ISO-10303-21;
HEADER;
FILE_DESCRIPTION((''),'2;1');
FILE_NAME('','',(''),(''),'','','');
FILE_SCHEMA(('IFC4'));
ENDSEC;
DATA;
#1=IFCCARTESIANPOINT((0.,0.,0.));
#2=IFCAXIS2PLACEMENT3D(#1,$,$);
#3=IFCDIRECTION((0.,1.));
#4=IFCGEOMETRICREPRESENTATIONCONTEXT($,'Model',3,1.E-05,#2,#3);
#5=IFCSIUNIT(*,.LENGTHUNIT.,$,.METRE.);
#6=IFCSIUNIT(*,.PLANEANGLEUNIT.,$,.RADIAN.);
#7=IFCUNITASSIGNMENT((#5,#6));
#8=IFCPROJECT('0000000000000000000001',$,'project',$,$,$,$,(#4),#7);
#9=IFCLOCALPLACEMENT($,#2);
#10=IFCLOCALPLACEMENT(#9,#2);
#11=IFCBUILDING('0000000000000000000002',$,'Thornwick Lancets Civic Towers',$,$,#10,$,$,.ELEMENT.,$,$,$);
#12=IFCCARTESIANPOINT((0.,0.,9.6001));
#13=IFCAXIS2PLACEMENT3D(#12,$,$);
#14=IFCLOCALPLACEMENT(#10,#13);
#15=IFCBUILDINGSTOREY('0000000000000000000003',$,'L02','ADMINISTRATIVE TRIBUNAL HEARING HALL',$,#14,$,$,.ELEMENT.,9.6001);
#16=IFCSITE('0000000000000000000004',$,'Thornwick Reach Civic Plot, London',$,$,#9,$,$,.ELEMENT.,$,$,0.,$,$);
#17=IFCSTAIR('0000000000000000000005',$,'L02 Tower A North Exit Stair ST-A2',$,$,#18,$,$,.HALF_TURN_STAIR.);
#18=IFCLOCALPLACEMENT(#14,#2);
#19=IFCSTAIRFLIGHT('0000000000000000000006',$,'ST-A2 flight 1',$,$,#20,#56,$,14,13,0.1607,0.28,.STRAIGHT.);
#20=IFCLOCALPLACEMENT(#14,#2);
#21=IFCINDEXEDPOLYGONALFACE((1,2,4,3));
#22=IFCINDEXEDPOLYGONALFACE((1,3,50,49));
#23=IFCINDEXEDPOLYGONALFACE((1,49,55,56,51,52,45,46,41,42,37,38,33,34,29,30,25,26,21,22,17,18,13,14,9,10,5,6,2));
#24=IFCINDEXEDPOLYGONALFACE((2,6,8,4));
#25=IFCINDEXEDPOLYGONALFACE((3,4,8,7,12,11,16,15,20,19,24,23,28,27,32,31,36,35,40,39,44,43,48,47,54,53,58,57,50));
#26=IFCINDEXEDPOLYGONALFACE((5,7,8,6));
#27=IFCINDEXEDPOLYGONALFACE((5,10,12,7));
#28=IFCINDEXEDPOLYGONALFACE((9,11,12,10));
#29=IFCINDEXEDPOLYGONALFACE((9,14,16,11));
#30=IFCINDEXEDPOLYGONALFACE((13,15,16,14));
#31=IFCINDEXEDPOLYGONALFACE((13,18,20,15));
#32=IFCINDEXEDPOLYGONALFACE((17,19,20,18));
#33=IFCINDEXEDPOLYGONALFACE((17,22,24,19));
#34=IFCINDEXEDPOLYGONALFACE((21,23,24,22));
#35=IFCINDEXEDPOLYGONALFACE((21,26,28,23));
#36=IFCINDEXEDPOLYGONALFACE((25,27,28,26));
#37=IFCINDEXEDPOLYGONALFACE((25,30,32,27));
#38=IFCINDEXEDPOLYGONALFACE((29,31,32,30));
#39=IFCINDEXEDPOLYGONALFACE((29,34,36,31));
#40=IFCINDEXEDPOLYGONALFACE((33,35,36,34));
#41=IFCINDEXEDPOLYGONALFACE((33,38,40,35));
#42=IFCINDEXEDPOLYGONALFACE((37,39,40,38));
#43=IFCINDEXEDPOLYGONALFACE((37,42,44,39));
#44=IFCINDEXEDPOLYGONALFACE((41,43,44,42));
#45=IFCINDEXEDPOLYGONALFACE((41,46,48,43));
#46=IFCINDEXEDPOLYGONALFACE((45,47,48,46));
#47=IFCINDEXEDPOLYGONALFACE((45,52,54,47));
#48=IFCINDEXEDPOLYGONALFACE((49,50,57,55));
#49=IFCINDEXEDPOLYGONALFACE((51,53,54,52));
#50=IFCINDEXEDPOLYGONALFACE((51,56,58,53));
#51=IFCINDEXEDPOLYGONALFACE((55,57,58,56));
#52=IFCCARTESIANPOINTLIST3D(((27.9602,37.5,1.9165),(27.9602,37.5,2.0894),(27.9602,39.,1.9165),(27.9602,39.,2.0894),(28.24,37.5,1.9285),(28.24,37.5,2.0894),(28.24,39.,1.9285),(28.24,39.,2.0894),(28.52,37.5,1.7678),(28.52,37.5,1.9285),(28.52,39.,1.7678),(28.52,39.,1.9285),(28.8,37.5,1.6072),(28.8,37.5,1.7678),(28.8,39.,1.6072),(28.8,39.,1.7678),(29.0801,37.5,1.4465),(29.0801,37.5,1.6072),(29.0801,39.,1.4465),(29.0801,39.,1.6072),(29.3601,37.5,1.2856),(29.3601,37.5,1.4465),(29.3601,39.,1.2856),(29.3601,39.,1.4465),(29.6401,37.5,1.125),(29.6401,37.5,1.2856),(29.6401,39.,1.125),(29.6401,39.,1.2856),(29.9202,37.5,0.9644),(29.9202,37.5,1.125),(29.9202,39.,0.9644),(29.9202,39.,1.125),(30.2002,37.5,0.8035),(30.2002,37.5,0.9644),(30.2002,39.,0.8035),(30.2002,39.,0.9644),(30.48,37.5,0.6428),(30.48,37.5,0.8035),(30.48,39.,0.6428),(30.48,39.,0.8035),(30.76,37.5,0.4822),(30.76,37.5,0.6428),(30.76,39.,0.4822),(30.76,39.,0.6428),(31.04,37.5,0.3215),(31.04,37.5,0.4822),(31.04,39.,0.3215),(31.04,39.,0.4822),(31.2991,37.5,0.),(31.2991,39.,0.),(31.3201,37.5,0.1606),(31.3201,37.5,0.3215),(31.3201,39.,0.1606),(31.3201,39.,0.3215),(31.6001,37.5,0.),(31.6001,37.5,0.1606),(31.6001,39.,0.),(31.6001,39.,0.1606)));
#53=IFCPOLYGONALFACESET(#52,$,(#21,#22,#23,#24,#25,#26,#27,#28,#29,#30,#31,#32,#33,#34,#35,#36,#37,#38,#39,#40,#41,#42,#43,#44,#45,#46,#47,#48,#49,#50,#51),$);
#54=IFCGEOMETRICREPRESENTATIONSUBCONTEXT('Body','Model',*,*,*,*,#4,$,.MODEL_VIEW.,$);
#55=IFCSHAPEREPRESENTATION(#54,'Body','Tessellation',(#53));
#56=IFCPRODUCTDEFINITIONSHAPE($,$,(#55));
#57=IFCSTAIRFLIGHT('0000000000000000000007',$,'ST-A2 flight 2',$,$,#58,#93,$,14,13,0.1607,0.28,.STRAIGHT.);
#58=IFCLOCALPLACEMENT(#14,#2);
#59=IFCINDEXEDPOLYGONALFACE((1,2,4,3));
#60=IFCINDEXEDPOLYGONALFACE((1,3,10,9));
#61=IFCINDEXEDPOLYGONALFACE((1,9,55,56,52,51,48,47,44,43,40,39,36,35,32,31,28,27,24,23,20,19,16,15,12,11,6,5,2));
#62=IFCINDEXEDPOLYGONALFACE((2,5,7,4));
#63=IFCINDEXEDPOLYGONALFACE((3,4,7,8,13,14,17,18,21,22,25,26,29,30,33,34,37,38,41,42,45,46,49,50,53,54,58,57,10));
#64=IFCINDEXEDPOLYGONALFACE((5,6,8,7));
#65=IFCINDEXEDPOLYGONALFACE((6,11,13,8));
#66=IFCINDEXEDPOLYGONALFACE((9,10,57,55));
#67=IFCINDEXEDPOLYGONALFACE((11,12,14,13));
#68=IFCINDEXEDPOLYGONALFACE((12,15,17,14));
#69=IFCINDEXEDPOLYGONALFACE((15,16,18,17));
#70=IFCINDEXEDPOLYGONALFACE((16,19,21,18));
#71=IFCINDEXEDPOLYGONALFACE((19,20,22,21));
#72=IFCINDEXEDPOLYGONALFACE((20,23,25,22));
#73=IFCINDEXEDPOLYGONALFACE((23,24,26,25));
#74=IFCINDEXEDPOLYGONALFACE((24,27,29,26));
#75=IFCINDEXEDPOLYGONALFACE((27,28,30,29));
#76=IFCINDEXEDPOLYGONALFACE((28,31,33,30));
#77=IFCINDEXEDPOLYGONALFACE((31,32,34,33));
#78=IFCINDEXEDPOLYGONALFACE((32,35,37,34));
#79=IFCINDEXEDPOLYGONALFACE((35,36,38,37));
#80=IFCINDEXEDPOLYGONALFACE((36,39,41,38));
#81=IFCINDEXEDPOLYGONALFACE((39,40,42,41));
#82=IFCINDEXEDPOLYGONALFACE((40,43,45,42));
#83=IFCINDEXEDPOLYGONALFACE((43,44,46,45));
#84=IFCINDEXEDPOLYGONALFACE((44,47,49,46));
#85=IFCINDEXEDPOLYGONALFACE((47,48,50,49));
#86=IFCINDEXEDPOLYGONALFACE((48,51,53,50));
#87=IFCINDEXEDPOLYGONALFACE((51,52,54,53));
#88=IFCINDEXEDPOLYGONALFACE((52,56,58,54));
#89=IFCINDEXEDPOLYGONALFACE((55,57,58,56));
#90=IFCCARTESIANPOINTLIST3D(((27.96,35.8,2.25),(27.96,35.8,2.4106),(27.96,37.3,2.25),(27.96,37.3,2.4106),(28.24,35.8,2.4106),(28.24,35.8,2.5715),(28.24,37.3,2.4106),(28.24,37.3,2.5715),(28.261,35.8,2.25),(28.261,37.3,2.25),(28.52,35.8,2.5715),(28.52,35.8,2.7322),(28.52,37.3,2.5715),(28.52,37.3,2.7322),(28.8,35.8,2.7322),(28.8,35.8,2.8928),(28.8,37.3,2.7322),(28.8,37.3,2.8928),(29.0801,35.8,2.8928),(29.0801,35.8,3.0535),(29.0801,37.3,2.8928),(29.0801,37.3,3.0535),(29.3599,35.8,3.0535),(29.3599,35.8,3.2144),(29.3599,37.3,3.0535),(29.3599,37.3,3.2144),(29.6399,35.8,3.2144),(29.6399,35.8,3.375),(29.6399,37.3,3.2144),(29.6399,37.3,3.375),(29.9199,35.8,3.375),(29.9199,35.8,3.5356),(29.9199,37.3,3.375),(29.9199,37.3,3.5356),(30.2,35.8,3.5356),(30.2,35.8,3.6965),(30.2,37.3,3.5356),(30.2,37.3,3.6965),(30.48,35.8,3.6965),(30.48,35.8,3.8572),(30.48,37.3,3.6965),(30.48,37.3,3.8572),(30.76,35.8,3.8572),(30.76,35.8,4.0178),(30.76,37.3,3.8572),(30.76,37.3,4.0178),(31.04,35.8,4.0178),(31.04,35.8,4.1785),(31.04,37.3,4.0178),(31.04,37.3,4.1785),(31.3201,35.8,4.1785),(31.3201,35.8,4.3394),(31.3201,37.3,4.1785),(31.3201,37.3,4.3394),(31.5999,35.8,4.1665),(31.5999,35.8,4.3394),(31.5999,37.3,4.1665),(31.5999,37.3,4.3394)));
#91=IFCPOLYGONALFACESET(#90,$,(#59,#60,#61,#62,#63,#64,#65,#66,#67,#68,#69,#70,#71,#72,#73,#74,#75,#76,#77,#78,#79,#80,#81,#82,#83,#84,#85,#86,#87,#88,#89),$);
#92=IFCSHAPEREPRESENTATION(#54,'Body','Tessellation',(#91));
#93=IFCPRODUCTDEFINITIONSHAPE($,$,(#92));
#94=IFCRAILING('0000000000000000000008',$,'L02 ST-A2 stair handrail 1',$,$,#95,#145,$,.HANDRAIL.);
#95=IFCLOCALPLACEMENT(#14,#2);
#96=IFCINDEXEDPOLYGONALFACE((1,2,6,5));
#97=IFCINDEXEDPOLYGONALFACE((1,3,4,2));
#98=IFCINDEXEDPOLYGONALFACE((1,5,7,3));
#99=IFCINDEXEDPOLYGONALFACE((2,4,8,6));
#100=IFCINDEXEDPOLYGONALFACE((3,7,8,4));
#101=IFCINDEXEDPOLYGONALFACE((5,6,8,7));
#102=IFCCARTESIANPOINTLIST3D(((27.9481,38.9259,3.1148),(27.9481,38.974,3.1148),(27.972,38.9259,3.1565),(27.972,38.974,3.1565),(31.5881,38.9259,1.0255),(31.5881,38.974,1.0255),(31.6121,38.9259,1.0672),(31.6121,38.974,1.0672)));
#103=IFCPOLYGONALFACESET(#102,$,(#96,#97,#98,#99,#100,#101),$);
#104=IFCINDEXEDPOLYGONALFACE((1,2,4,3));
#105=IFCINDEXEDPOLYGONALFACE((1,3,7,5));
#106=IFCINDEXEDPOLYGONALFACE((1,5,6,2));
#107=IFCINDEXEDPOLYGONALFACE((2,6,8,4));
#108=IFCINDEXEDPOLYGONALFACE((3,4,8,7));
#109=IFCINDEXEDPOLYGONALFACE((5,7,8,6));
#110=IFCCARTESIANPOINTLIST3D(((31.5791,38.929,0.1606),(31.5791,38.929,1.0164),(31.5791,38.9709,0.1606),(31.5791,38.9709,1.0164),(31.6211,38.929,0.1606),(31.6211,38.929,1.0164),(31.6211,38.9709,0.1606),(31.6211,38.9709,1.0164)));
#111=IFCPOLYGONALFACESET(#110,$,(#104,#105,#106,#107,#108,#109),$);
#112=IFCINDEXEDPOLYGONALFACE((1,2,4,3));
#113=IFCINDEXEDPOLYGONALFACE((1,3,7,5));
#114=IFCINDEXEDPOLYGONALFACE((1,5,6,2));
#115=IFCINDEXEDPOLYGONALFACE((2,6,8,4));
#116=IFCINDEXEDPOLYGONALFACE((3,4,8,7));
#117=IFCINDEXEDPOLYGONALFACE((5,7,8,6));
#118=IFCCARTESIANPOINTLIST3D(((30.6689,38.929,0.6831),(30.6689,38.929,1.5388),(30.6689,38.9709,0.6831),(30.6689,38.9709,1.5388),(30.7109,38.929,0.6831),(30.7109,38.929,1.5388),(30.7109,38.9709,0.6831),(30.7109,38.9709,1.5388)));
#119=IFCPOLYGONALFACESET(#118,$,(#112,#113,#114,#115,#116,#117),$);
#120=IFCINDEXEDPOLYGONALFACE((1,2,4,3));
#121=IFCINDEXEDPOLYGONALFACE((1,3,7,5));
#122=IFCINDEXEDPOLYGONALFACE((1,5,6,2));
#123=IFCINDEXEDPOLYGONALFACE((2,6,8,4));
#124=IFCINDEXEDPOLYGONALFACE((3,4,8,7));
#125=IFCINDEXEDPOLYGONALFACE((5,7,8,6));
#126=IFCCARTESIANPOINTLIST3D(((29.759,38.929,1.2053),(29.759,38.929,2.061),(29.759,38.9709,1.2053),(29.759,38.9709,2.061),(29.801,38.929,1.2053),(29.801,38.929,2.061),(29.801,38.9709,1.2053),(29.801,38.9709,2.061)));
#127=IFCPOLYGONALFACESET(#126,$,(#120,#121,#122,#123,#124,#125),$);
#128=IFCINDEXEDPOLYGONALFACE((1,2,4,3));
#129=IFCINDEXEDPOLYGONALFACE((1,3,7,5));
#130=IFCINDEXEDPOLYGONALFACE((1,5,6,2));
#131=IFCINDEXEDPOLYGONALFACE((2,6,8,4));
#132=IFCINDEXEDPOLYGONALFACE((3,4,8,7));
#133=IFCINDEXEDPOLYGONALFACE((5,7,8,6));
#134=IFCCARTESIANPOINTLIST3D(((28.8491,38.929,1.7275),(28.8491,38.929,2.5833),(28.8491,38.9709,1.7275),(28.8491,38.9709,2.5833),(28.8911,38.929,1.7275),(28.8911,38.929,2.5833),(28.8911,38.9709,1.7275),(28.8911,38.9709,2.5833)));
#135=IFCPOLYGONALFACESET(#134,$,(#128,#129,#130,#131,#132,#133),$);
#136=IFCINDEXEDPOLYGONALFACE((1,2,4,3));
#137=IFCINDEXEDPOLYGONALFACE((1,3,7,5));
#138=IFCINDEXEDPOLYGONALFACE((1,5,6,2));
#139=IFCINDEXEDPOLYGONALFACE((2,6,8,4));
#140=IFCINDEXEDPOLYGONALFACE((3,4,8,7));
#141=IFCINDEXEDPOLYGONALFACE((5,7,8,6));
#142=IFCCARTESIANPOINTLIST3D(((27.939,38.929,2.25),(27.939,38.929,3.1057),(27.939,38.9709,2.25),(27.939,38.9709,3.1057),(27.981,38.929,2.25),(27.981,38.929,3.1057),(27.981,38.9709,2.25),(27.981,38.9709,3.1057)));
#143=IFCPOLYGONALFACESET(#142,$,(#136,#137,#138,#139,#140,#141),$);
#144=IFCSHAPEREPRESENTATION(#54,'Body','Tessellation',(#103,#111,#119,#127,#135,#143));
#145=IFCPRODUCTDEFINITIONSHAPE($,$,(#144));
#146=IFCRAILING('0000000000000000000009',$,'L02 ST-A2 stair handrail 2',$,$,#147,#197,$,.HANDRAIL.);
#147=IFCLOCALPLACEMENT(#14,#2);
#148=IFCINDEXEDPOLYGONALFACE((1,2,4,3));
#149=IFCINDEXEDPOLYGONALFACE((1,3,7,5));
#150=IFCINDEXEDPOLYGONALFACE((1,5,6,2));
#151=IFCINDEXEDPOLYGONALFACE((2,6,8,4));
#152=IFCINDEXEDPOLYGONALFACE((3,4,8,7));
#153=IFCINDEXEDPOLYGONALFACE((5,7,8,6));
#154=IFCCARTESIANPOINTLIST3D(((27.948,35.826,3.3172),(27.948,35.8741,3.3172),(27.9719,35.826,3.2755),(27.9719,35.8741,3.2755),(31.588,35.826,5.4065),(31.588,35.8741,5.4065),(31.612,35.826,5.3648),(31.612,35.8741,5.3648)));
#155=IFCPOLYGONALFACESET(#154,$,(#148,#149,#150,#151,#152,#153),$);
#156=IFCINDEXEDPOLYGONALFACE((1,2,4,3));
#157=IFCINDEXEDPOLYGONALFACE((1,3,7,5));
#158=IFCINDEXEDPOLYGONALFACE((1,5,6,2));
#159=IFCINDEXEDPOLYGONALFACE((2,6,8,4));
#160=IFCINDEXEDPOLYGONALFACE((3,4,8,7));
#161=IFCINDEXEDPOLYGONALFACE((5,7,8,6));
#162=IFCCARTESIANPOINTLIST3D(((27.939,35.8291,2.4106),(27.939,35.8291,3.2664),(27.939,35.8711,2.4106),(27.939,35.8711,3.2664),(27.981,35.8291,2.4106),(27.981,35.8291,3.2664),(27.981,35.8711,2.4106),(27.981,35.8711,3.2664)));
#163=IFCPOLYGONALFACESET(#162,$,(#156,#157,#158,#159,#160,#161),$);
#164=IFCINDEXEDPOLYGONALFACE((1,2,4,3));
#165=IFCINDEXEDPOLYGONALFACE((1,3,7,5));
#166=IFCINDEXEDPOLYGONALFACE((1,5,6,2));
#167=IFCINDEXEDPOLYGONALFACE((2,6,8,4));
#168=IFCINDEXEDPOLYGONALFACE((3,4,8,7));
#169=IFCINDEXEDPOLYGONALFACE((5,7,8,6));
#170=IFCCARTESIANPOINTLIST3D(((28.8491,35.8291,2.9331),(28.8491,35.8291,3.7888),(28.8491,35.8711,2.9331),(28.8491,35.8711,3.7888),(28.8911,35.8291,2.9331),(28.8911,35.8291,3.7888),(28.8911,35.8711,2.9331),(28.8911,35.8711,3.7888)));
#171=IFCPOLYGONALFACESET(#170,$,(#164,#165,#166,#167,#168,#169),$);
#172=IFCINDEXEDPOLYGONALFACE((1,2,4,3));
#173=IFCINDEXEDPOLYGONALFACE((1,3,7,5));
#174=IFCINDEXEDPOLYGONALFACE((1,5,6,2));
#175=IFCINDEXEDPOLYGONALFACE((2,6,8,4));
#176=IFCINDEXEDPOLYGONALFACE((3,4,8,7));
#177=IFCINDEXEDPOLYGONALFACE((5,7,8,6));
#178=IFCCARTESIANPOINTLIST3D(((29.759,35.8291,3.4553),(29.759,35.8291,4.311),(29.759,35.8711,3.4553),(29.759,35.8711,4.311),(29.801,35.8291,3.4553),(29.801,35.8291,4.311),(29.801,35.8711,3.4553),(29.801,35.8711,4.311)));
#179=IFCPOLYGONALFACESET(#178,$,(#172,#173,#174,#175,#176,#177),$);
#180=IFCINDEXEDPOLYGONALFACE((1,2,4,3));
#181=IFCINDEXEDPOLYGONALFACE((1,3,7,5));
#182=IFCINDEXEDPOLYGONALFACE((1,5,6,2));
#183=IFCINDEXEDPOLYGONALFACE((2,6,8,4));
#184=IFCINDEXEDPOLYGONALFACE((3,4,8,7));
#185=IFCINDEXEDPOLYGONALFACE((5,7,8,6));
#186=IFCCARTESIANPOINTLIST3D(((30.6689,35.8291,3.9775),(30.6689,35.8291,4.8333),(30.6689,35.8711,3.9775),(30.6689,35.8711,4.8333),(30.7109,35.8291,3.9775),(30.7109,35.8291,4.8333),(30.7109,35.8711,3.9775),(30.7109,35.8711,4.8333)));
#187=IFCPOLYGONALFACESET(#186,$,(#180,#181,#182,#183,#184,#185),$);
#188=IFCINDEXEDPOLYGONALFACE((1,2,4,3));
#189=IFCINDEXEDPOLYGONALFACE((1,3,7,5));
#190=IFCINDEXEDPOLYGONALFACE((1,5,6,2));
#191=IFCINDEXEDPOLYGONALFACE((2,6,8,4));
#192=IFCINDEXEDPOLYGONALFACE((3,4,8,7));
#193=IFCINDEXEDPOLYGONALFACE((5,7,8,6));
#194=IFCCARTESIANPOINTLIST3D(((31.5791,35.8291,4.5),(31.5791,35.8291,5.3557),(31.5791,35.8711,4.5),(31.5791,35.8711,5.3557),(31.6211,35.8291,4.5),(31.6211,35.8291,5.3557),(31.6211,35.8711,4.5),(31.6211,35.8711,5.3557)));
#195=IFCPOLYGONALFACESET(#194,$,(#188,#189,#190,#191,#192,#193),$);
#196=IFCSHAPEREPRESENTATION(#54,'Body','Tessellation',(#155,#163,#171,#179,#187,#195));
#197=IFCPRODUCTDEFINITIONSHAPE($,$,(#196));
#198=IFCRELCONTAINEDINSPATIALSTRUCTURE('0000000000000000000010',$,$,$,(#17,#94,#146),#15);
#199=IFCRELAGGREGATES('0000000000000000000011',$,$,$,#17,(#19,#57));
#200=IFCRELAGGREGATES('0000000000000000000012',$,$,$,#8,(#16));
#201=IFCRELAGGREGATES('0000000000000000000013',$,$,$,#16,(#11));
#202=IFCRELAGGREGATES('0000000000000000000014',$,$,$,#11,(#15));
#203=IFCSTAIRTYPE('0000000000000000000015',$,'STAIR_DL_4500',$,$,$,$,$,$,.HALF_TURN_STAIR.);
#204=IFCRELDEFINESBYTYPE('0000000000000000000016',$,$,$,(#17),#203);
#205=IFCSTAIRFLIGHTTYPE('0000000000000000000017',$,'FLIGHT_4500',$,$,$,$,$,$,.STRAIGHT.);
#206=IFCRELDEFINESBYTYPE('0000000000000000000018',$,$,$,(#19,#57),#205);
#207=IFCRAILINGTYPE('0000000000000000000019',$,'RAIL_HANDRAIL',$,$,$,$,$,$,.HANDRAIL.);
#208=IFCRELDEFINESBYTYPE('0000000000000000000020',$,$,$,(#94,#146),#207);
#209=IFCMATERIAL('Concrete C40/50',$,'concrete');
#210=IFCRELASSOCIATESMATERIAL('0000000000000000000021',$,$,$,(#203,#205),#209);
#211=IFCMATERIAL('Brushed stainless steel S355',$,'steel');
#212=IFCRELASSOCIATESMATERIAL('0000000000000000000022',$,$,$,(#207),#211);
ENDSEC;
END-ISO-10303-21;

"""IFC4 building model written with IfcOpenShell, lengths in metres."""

from ifc_helpers import new_model, si_unit, direction, frame, origin, origin_2d, place, context, subcontext, project, spatial, polyline, rectangle, outline, extrude, material, type_object, element, aggregate, save


model = new_model("IFC4")

# Units and contexts
model_context = context("Model", 3, precision=1e-05, world=origin(), true_north=direction((0.0, 1.0)))
body_context = subcontext(model_context, "Body", "Model", "MODEL_VIEW")
ifc_project = project(units=[si_unit("LENGTHUNIT", "METRE"), si_unit("PLANEANGLEUNIT", "RADIAN")], contexts=[model_context])

# Site, building, storey
site_placement = place(None, origin())
site = spatial("IfcSite", under=ifc_project, at=site_placement, Name="Thornwick Reach Civic Plot, London", CompositionType="ELEMENT", RefElevation=0.0)
building_placement = place(site_placement, origin())
building = spatial("IfcBuilding", under=site, at=building_placement, Name="Thornwick Lancets Civic Towers", CompositionType="ELEMENT")
storey_placement = place(building_placement, frame((0.0, 0.0, 9.6001)))
storey = spatial("IfcBuildingStorey", under=building, at=storey_placement, Name="L02", Description="ADMINISTRATIVE TRIBUNAL HEARING HALL", CompositionType="ELEMENT", Elevation=9.6001)

# Shared definitions
ifc_material_1 = material(Name="Concrete C40/50", Category="concrete")

# Stair, stair flights
stair_type = type_object("IfcStairType", Name="STAIR_DL_4500", PredefinedType="HALF_TURN_STAIR", material=ifc_material_1)
stair_placement = place(storey_placement, origin())
stair = element("IfcStair", 1, at=stair_placement, inside=storey, type_object=stair_type, Name="L02 Tower A North Exit Stair ST-A2", PredefinedType="HALF_TURN_STAIR")
stair_flight_type = type_object("IfcStairFlightType", Name="FLIGHT_4500", PredefinedType="STRAIGHT", material=ifc_material_1)
stair_flight_1_placement = place(storey_placement, frame((31.6001, 38.25, 0.0), z_axis=(0.0, 0.0, 1.0), x_axis=(-1.0, 0.0, 0.0)))
stair_flight_1 = element("IfcStairFlight", 2, at=stair_flight_1_placement, type_object=stair_flight_type, Name="ST-A2 flight 1", NumberOfRisers=14, NumberOfTreads=13, PredefinedType="STRAIGHT", RiserHeight=0.1607, TreadLength=0.28, context=body_context, shape_type="SweptSolid", body=[
    extrude(outline(polyline([(0.0, 0.0), (0.0, 0.1606), (0.28, 0.1606), (0.28, 0.3215), (0.5601, 0.3215), (0.5601, 0.4822), (0.8401, 0.4822), (0.8401, 0.6428), (1.1201, 0.6428), (1.1201, 0.8035), (1.3999, 0.8035), (1.3999, 0.9644), (1.6799, 0.9644), (1.6799, 1.125), (1.96, 1.125), (1.96, 1.2856), (2.24, 1.2856), (2.24, 1.4465), (2.52, 1.4465), (2.52, 1.6072), (2.8, 1.6072), (2.8, 1.7678), (3.0801, 1.7678), (3.0801, 1.9285), (3.3601, 1.9285), (3.3601, 2.0894), (3.6399, 2.0894), (3.6399, 2.25), (3.6399, 1.9165), (0.301, 0.0), (0.0, 0.0)])), frame((0.0, 0.75, 0.0), z_axis=(0.0, -1.0, 0.0), x_axis=(1.0, 0.0, 0.0)), (0.0, 0.0, 1.0), 1.5),
])
stair_flight_2_placement = place(storey_placement, frame((27.96, 36.55, 2.25), z_axis=(0.0, 0.0, 1.0), x_axis=(1.0, 0.0, 0.0)))
stair_flight_2 = element("IfcStairFlight", 3, at=stair_flight_2_placement, type_object=stair_flight_type, Name="ST-A2 flight 2", NumberOfRisers=14, NumberOfTreads=13, PredefinedType="STRAIGHT", RiserHeight=0.1607, TreadLength=0.28, context=body_context, shape_type="SweptSolid", body=[
    extrude(outline(polyline([(0.0, 0.0), (0.0, 0.1606), (0.28, 0.1606), (0.28, 0.3215), (0.5601, 0.3215), (0.5601, 0.4822), (0.8401, 0.4822), (0.8401, 0.6428), (1.1201, 0.6428), (1.1201, 0.8035), (1.3999, 0.8035), (1.3999, 0.9644), (1.6799, 0.9644), (1.6799, 1.125), (1.96, 1.125), (1.96, 1.2856), (2.24, 1.2856), (2.24, 1.4465), (2.52, 1.4465), (2.52, 1.6072), (2.8, 1.6072), (2.8, 1.7678), (3.0801, 1.7678), (3.0801, 1.9285), (3.3601, 1.9285), (3.3601, 2.0894), (3.6399, 2.0894), (3.6399, 2.25), (3.6399, 1.9165), (0.301, 0.0), (0.0, 0.0)])), frame((0.0, 0.75, 0.0), z_axis=(0.0, -1.0, 0.0), x_axis=(1.0, 0.0, 0.0)), (0.0, 0.0, 1.0), 1.5),
])
aggregate(stair, [stair_flight_1, stair_flight_2])

# Railings
ifc_material_2 = material(Name="Brushed stainless steel S355", Category="steel")
railing_type_1 = type_object("IfcRailingType", Name="RAIL_HANDRAIL", PredefinedType="HANDRAIL", material=ifc_material_2)
railing_1_placement = place(storey_placement, frame((31.6001, 38.95, 0.1606)))
element("IfcRailing", 4, at=railing_1_placement, inside=storey, type_object=railing_type_1, Name="L02 ST-A2 stair handrail 1", PredefinedType="HANDRAIL", context=body_context, shape_type="SweptSolid", body=[
    extrude(rectangle(XDim=0.0481, YDim=0.0481, at=origin_2d()), frame((0.0, 0.0, 0.8857), z_axis=(-0.867289, 0.0, 0.497804), x_axis=(0.0, -1.0, 0.0)), (0.0, 0.0, 1.0), 4.197),
    extrude(rectangle(XDim=0.042, YDim=0.042, at=origin_2d()), origin(), (0.0, 0.0, 1.0), 0.8557),
    extrude(rectangle(XDim=0.042, YDim=0.042, at=origin_2d()), frame((-0.9102, 0.0, 0.5225)), (0.0, 0.0, 1.0), 0.8557),
    extrude(rectangle(XDim=0.042, YDim=0.042, at=origin_2d()), frame((-1.8201, 0.0, 1.0447)), (0.0, 0.0, 1.0), 0.8557),
    extrude(rectangle(XDim=0.042, YDim=0.042, at=origin_2d()), frame((-2.73, 0.0, 1.5669)), (0.0, 0.0, 1.0), 0.8557),
    extrude(rectangle(XDim=0.042, YDim=0.042, at=origin_2d()), frame((-3.6401, 0.0, 2.0894)), (0.0, 0.0, 1.0), 0.8557),
])
railing_2_placement = place(storey_placement, frame((27.96, 35.8501, 2.4106)))
element("IfcRailing", 5, at=railing_2_placement, inside=storey, type_object=railing_type_1, Name="L02 ST-A2 stair handrail 2", PredefinedType="HANDRAIL", context=body_context, shape_type="SweptSolid", body=[
    extrude(rectangle(XDim=0.0481, YDim=0.0481, at=origin_2d()), frame((0.0, 0.0, 0.8857), z_axis=(0.867289, 0.0, 0.497804), x_axis=(0.0, 1.0, 0.0)), (0.0, 0.0, 1.0), 4.197),
    extrude(rectangle(XDim=0.042, YDim=0.042, at=origin_2d()), origin(), (0.0, 0.0, 1.0), 0.8557),
    extrude(rectangle(XDim=0.042, YDim=0.042, at=origin_2d()), frame((0.9102, 0.0, 0.5225)), (0.0, 0.0, 1.0), 0.8557),
    extrude(rectangle(XDim=0.042, YDim=0.042, at=origin_2d()), frame((1.8201, 0.0, 1.0447)), (0.0, 0.0, 1.0), 0.8557),
    extrude(rectangle(XDim=0.042, YDim=0.042, at=origin_2d()), frame((2.73, 0.0, 1.5669)), (0.0, 0.0, 1.0), 0.8557),
    extrude(rectangle(XDim=0.042, YDim=0.042, at=origin_2d()), frame((3.6401, 0.0, 2.0894)), (0.0, 0.0, 1.0), 0.8557),
])

save(model, "model.ifc")
